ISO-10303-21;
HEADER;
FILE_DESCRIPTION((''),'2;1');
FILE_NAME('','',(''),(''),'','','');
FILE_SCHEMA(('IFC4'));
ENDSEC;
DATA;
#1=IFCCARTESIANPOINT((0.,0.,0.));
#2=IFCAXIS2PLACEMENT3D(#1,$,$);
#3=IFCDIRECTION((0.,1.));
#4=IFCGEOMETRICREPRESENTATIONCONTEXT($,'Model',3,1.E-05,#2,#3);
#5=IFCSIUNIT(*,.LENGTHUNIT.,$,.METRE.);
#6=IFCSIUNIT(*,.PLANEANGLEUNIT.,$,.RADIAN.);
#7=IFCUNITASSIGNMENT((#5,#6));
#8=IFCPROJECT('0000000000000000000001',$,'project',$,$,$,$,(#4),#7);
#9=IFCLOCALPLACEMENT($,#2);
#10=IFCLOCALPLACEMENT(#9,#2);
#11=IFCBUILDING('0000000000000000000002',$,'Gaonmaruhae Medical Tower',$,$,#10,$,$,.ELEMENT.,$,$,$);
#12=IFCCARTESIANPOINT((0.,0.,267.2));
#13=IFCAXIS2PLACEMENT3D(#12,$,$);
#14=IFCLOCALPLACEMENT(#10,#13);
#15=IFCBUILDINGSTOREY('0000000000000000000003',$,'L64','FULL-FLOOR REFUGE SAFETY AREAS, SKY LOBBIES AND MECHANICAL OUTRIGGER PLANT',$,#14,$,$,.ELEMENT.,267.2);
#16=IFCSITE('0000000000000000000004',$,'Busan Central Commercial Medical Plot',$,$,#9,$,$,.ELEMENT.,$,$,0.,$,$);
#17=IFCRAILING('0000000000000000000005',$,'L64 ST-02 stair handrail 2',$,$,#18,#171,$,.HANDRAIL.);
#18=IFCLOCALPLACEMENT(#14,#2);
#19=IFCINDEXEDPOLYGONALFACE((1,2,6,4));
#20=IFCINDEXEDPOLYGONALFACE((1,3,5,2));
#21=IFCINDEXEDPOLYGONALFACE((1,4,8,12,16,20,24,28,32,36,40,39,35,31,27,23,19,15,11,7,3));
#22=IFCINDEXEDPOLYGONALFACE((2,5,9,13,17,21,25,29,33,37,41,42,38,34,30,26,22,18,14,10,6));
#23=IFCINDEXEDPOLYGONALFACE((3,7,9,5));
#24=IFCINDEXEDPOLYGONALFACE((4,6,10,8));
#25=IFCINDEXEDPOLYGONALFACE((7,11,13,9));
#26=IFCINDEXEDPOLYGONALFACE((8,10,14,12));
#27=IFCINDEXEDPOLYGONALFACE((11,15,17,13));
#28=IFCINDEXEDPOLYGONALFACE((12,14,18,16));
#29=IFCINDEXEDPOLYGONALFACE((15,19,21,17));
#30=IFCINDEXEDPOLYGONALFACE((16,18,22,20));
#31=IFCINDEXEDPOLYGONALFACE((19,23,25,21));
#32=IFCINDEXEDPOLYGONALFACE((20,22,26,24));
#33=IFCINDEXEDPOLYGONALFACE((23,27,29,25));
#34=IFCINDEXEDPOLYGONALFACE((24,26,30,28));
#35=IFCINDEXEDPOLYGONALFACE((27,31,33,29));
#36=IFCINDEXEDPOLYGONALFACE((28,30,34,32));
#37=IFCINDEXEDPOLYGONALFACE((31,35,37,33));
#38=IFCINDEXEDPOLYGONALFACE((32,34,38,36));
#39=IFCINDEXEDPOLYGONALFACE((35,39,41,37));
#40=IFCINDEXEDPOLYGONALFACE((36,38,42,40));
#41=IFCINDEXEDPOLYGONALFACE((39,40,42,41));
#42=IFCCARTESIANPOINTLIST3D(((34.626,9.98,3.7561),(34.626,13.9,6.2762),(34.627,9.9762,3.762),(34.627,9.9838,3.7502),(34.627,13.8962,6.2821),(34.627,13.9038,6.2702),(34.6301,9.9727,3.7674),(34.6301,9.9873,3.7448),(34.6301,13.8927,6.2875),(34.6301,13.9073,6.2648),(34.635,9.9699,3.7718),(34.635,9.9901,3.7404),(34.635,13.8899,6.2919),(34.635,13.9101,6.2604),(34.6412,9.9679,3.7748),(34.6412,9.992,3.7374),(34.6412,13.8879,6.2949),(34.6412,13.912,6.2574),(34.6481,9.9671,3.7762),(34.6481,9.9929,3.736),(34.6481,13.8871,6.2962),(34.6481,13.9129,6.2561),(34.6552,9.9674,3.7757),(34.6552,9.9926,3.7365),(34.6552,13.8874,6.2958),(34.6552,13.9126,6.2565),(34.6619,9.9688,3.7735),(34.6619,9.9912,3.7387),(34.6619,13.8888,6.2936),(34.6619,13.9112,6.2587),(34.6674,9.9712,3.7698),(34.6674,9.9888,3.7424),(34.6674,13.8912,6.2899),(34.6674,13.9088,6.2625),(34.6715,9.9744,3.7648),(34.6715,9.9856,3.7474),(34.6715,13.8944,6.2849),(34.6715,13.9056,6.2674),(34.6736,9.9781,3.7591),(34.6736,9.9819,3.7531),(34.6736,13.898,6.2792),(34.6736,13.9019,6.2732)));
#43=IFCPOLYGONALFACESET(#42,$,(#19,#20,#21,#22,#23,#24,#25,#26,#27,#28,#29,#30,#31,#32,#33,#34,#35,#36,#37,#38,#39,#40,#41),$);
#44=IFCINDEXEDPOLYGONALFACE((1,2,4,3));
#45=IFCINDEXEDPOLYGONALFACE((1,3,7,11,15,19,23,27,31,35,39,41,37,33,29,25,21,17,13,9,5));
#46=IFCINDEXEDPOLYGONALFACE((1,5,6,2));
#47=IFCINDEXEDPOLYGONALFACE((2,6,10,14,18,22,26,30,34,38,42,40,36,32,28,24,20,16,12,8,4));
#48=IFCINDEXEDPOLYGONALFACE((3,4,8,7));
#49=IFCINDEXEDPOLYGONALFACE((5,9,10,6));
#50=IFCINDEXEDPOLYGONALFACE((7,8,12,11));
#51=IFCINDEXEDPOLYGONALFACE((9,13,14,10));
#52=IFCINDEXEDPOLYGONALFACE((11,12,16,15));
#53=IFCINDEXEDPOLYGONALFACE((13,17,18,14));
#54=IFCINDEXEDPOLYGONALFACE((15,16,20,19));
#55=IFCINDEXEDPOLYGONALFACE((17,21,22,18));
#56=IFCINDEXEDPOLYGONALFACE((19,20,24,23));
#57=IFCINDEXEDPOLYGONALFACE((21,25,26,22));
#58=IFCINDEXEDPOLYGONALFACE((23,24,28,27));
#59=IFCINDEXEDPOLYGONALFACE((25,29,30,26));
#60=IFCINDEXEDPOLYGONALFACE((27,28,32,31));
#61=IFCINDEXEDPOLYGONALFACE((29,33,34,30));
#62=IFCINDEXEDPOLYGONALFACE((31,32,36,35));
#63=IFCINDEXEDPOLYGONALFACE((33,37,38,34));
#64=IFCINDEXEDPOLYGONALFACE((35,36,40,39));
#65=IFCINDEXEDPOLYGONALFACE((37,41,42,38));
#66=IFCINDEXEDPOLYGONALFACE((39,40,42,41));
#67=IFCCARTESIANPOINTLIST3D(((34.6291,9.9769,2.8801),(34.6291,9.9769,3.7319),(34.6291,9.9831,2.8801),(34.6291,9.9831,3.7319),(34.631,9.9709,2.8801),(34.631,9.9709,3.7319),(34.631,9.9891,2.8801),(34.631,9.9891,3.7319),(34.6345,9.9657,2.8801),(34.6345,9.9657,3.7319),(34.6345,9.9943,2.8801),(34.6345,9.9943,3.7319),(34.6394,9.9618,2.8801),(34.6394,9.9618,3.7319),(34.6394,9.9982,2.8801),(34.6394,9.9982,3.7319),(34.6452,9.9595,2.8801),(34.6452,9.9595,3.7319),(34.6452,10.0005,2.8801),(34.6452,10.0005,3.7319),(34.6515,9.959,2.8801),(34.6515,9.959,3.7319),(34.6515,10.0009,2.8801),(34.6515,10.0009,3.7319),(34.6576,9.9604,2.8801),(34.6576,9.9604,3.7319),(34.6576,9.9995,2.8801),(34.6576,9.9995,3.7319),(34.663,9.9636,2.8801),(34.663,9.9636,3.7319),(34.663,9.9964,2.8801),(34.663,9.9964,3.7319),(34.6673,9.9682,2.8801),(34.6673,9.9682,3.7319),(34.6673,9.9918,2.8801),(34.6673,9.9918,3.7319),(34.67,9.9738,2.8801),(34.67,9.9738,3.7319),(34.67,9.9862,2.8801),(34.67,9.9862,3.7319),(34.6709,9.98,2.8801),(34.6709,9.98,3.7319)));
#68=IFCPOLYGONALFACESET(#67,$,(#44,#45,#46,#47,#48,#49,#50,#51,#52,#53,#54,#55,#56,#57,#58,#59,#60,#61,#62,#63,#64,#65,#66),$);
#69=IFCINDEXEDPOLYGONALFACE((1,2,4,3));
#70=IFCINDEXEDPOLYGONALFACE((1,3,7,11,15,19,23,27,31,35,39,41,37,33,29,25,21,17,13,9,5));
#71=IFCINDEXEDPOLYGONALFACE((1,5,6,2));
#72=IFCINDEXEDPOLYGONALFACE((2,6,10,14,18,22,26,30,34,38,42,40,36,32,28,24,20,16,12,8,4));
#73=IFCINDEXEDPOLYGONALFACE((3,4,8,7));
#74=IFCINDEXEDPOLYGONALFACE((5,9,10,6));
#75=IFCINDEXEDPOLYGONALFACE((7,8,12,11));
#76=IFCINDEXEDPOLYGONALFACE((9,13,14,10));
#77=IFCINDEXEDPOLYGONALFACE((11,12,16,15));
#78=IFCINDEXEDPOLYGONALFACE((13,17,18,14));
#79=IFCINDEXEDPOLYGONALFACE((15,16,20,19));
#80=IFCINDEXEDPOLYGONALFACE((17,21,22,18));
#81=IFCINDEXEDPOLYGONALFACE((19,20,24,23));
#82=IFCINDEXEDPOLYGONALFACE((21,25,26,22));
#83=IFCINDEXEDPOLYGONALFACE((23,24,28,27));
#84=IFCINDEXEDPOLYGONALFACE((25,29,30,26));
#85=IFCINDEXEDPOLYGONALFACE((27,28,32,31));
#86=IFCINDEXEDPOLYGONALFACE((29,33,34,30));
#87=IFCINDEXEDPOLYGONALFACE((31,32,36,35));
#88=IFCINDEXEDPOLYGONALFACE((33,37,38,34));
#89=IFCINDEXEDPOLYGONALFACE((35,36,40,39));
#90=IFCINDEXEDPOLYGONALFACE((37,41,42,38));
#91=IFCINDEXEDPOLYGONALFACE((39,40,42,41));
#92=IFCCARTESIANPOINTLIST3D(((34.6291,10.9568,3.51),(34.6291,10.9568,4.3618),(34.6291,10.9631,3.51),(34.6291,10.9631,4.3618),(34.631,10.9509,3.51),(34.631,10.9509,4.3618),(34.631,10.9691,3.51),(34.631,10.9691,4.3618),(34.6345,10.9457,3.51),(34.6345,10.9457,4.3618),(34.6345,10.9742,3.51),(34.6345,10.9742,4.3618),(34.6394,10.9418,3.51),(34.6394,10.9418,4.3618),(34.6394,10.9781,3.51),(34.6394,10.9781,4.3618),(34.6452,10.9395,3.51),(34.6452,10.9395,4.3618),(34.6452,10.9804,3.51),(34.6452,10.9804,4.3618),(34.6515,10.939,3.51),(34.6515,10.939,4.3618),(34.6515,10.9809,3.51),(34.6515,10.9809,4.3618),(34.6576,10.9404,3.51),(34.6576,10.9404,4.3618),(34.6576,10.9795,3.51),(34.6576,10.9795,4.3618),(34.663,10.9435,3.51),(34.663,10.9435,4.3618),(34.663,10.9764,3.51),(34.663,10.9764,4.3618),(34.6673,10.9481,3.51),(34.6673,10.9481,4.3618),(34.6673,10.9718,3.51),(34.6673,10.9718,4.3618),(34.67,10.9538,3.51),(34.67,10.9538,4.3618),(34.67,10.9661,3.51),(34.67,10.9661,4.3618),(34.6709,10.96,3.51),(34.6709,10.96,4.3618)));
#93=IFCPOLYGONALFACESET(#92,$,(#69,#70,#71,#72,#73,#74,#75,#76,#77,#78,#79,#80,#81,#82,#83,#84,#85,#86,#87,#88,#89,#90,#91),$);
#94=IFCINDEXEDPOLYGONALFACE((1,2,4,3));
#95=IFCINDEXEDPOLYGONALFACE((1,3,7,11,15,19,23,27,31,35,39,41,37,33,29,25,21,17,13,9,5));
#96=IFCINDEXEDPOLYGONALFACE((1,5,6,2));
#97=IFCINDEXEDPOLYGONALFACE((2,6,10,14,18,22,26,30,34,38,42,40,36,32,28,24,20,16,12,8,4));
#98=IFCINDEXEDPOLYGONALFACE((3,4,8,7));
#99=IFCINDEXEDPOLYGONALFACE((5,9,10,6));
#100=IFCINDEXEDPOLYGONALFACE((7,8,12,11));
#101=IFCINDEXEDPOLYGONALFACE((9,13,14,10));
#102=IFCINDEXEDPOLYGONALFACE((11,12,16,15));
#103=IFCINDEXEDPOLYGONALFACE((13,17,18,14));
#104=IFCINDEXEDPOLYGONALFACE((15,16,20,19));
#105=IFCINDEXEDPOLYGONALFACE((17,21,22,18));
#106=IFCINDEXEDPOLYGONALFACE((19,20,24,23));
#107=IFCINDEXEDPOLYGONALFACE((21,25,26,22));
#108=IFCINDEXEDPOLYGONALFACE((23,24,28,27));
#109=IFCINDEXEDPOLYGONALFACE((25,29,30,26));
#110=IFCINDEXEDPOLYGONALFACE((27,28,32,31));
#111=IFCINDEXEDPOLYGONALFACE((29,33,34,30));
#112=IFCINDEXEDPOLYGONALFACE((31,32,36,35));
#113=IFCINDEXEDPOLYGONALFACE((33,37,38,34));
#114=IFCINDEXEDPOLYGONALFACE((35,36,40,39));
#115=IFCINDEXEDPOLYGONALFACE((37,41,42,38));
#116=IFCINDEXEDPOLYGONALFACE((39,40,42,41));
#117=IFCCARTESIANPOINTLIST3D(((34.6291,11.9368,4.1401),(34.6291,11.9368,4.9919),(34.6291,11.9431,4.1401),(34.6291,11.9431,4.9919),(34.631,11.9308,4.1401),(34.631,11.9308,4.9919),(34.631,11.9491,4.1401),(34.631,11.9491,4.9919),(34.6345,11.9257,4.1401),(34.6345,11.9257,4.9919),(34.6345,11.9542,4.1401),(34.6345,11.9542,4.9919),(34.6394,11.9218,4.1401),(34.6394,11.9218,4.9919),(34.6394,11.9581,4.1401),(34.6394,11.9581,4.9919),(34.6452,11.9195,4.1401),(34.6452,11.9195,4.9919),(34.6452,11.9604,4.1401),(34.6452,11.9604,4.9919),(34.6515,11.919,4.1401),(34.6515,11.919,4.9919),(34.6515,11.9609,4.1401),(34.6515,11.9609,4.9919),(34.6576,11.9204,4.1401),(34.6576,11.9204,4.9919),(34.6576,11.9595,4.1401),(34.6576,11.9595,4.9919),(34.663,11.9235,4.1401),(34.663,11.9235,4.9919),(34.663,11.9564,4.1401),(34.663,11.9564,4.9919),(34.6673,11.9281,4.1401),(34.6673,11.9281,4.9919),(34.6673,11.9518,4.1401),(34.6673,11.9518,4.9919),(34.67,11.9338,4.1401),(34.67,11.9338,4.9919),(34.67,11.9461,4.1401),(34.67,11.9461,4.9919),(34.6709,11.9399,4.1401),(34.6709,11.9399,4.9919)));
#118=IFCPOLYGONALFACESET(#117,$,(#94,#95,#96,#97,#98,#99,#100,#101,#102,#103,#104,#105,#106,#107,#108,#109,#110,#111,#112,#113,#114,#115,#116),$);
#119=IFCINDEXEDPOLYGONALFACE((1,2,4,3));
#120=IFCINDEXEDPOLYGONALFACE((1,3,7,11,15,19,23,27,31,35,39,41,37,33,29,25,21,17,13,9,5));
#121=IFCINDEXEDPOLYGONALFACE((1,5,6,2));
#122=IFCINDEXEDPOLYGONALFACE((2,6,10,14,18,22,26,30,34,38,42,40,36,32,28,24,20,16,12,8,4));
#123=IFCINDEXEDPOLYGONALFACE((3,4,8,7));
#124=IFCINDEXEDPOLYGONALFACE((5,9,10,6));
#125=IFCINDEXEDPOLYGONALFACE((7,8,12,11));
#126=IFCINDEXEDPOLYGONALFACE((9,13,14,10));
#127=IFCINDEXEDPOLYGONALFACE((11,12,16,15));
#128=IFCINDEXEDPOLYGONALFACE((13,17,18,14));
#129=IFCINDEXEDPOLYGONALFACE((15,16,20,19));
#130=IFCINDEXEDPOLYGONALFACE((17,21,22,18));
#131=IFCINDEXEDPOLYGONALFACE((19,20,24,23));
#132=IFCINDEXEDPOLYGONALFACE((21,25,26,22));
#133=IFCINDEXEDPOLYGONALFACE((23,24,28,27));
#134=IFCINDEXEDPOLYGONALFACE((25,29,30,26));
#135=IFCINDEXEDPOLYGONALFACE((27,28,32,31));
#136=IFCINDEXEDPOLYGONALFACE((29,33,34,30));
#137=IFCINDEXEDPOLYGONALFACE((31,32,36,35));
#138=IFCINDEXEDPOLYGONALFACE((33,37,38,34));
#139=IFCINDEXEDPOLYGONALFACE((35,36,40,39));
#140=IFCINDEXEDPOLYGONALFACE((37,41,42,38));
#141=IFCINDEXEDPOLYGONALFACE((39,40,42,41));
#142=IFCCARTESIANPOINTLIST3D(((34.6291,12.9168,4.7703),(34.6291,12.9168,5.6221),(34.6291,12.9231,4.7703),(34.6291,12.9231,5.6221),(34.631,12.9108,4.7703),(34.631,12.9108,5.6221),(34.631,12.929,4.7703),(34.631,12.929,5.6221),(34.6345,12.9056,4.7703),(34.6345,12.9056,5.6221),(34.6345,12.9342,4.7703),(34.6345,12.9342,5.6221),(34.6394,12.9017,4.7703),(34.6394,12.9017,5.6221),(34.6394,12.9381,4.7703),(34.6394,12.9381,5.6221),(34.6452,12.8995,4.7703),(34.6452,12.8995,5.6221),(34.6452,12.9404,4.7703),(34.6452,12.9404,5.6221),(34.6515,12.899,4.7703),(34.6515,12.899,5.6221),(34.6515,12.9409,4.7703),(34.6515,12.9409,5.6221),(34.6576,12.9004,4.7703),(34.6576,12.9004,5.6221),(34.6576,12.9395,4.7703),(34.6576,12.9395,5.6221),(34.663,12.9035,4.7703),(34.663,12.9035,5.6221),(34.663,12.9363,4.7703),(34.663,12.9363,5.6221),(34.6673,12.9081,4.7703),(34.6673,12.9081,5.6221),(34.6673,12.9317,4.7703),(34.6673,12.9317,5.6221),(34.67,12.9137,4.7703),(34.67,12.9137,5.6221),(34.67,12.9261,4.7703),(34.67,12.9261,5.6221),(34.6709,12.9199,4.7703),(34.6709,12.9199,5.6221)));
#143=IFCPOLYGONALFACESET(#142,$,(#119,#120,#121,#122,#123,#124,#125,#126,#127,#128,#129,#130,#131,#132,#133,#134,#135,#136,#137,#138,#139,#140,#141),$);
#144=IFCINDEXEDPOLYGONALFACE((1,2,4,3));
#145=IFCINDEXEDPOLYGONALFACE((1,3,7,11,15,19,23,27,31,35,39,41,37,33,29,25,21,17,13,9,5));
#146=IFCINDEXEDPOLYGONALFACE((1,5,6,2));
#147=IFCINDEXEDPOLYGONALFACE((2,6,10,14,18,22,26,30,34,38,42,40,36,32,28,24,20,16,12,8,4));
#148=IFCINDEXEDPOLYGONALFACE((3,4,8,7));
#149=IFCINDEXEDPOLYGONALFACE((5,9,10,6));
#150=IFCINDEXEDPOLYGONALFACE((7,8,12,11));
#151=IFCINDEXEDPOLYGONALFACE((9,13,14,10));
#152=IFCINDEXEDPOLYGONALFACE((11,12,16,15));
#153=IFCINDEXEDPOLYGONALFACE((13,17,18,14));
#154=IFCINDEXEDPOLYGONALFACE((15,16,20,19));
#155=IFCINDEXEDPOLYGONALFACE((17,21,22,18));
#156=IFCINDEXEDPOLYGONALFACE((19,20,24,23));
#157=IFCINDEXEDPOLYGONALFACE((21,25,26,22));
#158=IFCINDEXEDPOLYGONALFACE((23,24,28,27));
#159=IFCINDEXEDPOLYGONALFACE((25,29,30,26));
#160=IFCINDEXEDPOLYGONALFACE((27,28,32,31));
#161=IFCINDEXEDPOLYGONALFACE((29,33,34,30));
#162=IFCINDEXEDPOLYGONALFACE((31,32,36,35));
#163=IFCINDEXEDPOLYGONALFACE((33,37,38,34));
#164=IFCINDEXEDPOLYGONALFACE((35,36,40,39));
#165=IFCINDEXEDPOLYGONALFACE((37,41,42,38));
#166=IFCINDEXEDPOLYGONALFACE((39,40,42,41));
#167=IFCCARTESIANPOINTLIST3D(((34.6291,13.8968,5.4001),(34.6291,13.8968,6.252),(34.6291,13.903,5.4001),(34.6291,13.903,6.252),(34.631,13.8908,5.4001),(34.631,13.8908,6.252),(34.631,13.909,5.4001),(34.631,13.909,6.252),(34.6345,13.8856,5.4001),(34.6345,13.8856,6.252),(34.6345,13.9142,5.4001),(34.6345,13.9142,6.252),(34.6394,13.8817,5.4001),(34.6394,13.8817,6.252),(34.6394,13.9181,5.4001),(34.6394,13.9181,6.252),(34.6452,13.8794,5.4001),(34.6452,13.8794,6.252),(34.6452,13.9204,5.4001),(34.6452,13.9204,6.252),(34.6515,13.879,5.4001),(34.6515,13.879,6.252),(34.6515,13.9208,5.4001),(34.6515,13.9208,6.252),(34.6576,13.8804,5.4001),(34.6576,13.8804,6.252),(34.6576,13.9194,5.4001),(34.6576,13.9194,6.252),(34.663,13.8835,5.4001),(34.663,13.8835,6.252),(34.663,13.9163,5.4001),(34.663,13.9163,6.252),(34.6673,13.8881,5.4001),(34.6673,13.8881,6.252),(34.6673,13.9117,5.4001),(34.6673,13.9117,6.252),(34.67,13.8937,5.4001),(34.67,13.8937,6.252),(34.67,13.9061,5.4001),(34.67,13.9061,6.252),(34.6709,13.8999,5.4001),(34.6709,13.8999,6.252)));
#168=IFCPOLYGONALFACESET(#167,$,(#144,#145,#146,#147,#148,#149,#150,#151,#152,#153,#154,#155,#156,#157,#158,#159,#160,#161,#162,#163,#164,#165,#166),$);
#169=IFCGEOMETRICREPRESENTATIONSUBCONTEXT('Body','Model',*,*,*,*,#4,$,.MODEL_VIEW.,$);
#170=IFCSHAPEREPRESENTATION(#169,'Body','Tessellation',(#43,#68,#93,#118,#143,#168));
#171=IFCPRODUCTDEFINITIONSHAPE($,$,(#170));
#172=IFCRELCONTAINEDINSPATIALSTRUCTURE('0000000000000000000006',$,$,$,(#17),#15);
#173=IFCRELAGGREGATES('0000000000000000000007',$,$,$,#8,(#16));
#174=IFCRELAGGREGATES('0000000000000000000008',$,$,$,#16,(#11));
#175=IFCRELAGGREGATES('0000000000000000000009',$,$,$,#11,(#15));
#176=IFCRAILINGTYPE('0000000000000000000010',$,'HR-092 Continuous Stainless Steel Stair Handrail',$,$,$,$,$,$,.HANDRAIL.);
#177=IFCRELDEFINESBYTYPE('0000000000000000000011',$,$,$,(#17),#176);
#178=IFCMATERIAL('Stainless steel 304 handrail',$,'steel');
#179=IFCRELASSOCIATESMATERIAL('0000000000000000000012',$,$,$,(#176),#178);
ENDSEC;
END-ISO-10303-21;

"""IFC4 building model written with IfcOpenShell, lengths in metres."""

from ifc_helpers import new_model, si_unit, direction, frame, origin, origin_2d, place, context, subcontext, project, spatial, circle, extrude, material, type_object, element, save


model = new_model("IFC4")

# Units and contexts
model_context = context("Model", 3, precision=1e-05, world=origin(), true_north=direction((0.0, 1.0)))
body_context = subcontext(model_context, "Body", "Model", "MODEL_VIEW")
ifc_project = project(units=[si_unit("LENGTHUNIT", "METRE"), si_unit("PLANEANGLEUNIT", "RADIAN")], contexts=[model_context])

# Site, building, storey
site_placement = place(None, origin())
site = spatial("IfcSite", under=ifc_project, at=site_placement, Name="Busan Central Commercial Medical Plot", CompositionType="ELEMENT", RefElevation=0.0)
building_placement = place(site_placement, origin())
building = spatial("IfcBuilding", under=site, at=building_placement, Name="Gaonmaruhae Medical Tower", CompositionType="ELEMENT")
storey_placement = place(building_placement, frame((0.0, 0.0, 267.2)))
storey = spatial("IfcBuildingStorey", under=building, at=storey_placement, Name="L64", Description="FULL-FLOOR REFUGE SAFETY AREAS, SKY LOBBIES AND MECHANICAL OUTRIGGER PLANT", CompositionType="ELEMENT", Elevation=267.2)

# Railing
ifc_material_1 = material(Name="Stainless steel 304 handrail", Category="steel")
railing_type_1 = type_object("IfcRailingType", Name="HR-092 Continuous Stainless Steel Stair Handrail", PredefinedType="HANDRAIL", material=ifc_material_1)
railing_1_placement = place(storey_placement, frame((34.6499, 9.98, 2.8801)))
element("IfcRailing", 1, at=railing_1_placement, inside=storey, type_object=railing_type_1, Name="L64 ST-02 stair handrail 2", PredefinedType="HANDRAIL", context=body_context, shape_type="SweptSolid", body=[
    extrude(circle(Radius=0.0239, at=origin_2d()), frame((0.0, 0.0, 0.876), z_axis=(0.0, 0.841172, 0.540768), x_axis=(-1.0, 0.0, 0.0)), (0.0, 0.0, 1.0), 4.6602),
    extrude(circle(Radius=0.021, at=origin_2d()), origin(), (0.0, 0.0, 1.0), 0.8518),
    extrude(circle(Radius=0.021, at=origin_2d()), frame((0.0, 0.98, 0.6299)), (0.0, 0.0, 1.0), 0.8518),
    extrude(circle(Radius=0.021, at=origin_2d()), frame((0.0, 1.96, 1.26)), (0.0, 0.0, 1.0), 0.8518),
    extrude(circle(Radius=0.021, at=origin_2d()), frame((0.0, 2.9399, 1.8901)), (0.0, 0.0, 1.0), 0.8518),
    extrude(circle(Radius=0.021, at=origin_2d()), frame((0.0, 3.9199, 2.52)), (0.0, 0.0, 1.0), 0.8518),
])

save(model, "model.ifc")
